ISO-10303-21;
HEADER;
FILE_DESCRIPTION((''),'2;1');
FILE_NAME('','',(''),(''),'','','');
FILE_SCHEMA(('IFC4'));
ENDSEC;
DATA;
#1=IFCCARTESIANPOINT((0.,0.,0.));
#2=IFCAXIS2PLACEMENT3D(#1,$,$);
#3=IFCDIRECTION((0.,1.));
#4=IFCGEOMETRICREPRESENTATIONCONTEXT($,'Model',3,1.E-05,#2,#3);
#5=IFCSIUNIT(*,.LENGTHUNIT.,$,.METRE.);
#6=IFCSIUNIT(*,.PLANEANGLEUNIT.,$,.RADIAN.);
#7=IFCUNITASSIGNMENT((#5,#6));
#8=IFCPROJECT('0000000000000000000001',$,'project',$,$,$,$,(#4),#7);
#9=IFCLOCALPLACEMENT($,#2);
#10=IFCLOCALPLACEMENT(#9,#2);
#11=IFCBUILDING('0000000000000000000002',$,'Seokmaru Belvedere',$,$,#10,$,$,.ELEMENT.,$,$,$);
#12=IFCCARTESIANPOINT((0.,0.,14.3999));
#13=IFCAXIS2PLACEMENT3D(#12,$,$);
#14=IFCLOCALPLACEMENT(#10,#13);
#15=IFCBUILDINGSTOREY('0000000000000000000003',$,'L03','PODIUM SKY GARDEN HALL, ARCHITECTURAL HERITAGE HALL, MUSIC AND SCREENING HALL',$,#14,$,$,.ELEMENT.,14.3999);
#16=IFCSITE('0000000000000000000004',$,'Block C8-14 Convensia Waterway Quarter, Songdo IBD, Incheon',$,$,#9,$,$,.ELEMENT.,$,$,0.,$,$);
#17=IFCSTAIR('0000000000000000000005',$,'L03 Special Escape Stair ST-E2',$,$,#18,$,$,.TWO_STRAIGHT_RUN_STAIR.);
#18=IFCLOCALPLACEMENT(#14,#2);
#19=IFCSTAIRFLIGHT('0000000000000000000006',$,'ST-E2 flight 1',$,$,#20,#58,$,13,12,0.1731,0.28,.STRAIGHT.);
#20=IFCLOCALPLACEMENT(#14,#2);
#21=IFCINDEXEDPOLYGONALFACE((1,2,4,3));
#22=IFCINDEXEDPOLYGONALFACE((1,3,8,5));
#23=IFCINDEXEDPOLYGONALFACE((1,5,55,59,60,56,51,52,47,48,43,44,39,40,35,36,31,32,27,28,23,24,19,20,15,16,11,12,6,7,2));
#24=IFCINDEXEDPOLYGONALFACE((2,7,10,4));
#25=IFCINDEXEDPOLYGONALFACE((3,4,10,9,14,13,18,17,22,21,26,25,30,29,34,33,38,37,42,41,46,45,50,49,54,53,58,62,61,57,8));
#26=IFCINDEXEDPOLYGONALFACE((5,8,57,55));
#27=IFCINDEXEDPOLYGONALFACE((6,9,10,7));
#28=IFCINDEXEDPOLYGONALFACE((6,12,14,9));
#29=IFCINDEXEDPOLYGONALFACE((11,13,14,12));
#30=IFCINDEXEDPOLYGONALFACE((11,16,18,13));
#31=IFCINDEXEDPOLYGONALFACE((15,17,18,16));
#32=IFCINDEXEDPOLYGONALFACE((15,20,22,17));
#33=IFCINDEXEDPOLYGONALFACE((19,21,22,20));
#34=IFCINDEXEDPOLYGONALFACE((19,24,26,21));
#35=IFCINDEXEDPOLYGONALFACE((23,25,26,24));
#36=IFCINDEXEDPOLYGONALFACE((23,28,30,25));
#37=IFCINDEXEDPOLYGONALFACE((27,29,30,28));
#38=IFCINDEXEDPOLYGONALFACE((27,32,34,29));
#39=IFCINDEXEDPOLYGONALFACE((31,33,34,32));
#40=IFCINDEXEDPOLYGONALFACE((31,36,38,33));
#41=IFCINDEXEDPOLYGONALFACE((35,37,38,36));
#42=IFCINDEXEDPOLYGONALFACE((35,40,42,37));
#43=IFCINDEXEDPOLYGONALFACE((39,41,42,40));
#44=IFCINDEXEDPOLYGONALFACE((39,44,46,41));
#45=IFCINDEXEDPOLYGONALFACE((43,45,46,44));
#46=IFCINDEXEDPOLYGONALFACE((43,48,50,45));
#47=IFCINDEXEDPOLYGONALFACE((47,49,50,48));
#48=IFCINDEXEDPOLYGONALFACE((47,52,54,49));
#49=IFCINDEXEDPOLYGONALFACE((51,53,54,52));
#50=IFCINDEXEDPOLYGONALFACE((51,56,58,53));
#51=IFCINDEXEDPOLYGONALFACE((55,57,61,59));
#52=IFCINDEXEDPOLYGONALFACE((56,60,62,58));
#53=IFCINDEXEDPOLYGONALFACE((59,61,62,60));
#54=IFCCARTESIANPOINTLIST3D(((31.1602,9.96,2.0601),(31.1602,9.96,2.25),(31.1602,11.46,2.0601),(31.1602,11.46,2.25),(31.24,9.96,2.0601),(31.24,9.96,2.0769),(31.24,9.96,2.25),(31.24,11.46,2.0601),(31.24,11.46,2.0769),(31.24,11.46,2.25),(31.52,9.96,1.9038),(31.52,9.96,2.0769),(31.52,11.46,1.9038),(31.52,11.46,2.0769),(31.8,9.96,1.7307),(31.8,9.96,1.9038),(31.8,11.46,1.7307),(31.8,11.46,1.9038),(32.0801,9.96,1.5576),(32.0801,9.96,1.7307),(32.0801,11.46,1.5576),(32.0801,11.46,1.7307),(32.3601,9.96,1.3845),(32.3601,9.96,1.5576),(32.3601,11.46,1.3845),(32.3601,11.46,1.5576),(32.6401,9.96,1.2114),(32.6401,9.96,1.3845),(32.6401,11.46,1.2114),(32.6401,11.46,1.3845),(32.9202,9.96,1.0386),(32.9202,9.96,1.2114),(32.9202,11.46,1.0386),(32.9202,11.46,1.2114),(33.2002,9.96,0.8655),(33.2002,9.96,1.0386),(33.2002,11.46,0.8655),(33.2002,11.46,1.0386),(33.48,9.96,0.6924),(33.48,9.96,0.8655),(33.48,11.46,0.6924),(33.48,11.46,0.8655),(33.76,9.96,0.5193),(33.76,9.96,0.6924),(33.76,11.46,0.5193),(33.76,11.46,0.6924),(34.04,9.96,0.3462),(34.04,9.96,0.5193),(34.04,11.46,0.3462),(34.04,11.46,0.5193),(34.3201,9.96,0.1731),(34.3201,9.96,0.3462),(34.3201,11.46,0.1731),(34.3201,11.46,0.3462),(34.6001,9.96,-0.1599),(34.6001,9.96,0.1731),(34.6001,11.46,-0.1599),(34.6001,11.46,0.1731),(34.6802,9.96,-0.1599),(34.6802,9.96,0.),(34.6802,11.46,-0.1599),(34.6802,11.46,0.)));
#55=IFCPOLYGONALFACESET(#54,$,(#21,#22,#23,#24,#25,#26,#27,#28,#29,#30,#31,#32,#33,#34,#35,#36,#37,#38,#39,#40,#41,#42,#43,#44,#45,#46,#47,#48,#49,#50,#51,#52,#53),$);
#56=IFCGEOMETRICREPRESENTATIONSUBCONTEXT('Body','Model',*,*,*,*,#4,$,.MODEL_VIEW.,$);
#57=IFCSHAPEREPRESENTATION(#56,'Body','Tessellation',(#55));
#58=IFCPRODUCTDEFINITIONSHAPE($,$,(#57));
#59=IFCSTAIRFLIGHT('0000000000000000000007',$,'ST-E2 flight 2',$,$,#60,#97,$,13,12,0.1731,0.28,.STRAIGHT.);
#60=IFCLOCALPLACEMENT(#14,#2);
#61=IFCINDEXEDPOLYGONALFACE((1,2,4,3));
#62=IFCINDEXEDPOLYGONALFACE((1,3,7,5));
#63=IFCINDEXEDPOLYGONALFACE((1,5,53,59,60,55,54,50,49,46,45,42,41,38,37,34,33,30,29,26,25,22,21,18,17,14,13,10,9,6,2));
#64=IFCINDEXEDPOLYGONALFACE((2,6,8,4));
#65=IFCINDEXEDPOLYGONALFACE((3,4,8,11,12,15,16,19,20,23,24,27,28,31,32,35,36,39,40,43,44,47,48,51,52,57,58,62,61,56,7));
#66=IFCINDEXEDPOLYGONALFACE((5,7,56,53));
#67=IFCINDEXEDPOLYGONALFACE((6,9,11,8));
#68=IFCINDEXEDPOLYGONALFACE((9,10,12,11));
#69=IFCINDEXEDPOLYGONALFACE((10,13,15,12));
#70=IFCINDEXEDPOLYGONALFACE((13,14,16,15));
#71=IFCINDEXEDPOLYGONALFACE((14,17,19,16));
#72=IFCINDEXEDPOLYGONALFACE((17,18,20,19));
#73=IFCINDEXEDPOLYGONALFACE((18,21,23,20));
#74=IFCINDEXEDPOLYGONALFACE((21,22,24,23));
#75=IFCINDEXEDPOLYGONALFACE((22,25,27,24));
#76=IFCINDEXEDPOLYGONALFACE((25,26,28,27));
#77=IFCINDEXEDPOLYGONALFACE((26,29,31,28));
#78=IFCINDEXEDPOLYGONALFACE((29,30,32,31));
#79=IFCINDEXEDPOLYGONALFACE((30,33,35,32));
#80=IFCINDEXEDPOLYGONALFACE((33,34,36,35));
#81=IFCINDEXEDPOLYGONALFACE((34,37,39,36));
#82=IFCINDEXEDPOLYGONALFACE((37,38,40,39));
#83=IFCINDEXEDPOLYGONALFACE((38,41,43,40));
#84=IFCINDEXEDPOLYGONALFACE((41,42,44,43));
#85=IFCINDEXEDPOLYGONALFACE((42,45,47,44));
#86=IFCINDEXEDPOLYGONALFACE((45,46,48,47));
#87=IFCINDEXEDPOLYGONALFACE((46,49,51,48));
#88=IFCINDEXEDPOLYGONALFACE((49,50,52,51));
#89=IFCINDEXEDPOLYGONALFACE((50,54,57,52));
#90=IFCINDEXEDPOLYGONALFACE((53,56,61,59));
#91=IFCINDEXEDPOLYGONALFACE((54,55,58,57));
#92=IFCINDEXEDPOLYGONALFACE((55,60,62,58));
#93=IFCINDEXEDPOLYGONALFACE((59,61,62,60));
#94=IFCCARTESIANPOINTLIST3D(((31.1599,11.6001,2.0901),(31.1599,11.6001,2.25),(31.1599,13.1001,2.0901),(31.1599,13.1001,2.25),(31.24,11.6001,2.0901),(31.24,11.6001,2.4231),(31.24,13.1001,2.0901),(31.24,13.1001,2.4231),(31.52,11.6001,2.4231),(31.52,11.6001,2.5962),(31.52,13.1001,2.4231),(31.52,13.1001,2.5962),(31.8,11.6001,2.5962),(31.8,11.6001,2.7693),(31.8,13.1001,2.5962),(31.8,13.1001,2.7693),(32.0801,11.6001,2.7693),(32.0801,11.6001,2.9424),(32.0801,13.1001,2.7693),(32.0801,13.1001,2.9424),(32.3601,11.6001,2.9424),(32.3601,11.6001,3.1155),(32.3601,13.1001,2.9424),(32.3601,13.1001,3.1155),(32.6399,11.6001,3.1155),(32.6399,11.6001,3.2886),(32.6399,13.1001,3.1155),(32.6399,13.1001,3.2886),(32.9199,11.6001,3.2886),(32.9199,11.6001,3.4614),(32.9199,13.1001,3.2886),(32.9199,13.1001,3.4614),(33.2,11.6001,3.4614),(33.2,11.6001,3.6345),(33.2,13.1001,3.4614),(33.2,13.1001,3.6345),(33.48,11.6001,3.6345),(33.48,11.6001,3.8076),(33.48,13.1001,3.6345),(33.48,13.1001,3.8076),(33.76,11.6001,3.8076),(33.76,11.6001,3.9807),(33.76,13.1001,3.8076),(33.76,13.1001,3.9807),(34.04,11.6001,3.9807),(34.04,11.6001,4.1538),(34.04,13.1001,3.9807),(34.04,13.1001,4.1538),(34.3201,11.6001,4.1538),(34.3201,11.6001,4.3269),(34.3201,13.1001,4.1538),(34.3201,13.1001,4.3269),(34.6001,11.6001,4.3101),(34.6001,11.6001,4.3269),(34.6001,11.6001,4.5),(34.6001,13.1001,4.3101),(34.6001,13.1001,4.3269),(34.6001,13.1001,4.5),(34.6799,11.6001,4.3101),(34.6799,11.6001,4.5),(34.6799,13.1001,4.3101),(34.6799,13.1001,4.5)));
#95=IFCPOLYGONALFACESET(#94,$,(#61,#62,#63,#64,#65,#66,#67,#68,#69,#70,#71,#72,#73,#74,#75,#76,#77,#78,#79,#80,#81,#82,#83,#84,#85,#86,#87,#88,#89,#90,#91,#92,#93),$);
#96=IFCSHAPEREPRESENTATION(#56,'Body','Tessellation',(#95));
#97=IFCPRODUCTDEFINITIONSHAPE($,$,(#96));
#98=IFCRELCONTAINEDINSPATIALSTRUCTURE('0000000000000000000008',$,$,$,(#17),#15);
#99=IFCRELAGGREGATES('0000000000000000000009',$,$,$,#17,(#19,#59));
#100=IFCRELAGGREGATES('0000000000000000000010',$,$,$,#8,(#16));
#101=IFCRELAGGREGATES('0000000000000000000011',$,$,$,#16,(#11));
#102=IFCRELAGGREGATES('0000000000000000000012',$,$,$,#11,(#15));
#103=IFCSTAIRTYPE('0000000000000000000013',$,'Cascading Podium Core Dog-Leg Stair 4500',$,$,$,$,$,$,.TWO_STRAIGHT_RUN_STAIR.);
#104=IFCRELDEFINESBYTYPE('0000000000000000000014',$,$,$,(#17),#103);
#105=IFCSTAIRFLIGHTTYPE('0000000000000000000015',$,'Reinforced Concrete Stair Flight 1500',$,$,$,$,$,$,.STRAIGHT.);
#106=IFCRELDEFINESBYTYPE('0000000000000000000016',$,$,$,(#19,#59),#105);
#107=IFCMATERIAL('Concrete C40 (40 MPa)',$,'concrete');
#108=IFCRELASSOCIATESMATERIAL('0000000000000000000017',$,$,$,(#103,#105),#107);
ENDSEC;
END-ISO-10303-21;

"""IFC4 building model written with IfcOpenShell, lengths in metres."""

from ifc_helpers import new_model, si_unit, direction, frame, origin, place, context, subcontext, project, spatial, polyline, outline, extrude, material, type_object, element, aggregate, save


model = new_model("IFC4")

# Units and contexts
model_context = context("Model", 3, precision=1e-05, world=origin(), true_north=direction((0.0, 1.0)))
body_context = subcontext(model_context, "Body", "Model", "MODEL_VIEW")
ifc_project = project(units=[si_unit("LENGTHUNIT", "METRE"), si_unit("PLANEANGLEUNIT", "RADIAN")], contexts=[model_context])

# Site, building, storey
site_placement = place(None, origin())
site = spatial("IfcSite", under=ifc_project, at=site_placement, Name="Block C8-14 Convensia Waterway Quarter, Songdo IBD, Incheon", CompositionType="ELEMENT", RefElevation=0.0)
building_placement = place(site_placement, origin())
building = spatial("IfcBuilding", under=site, at=building_placement, Name="Seokmaru Belvedere", CompositionType="ELEMENT")
storey_placement = place(building_placement, frame((0.0, 0.0, 14.3999)))
storey = spatial("IfcBuildingStorey", under=building, at=storey_placement, Name="L03", Description="PODIUM SKY GARDEN HALL, ARCHITECTURAL HERITAGE HALL, MUSIC AND SCREENING HALL", CompositionType="ELEMENT", Elevation=14.3999)

# Shared definitions
ifc_material_1 = material(Name="Concrete C40 (40 MPa)", Category="concrete")

# Stair, stair flights
stair_type = type_object("IfcStairType", Name="Cascading Podium Core Dog-Leg Stair 4500", PredefinedType="TWO_STRAIGHT_RUN_STAIR", material=ifc_material_1)
stair_placement = place(storey_placement, origin())
stair = element("IfcStair", 1, at=stair_placement, inside=storey, type_object=stair_type, Name="L03 Special Escape Stair ST-E2", PredefinedType="TWO_STRAIGHT_RUN_STAIR")
stair_flight_type = type_object("IfcStairFlightType", Name="Reinforced Concrete Stair Flight 1500", PredefinedType="STRAIGHT", material=ifc_material_1)
stair_flight_1_placement = place(storey_placement, frame((34.6001, 10.71, 0.0), z_axis=(0.0, 0.0, 1.0), x_axis=(-1.0, 0.0, 0.0)))
stair_flight_1 = element("IfcStairFlight", 2, at=stair_flight_1_placement, type_object=stair_flight_type, Name="ST-E2 flight 1", NumberOfRisers=13, NumberOfTreads=12, PredefinedType="STRAIGHT", RiserHeight=0.1731, TreadLength=0.28, context=body_context, shape_type="SweptSolid", body=[
    extrude(outline(polyline([(-0.0801, 0.0), (0.0, 0.1731), (0.28, 0.1731), (0.28, 0.3462), (0.5601, 0.3462), (0.5601, 0.5193), (0.8401, 0.5193), (0.8401, 0.6924), (1.1201, 0.6924), (1.1201, 0.8655), (1.3999, 0.8655), (1.3999, 1.0386), (1.6799, 1.0386), (1.6799, 1.2114), (1.96, 1.2114), (1.96, 1.3845), (2.24, 1.3845), (2.24, 1.5576), (2.52, 1.5576), (2.52, 1.7307), (2.8, 1.7307), (2.8, 1.9038), (3.0801, 1.9038), (3.0801, 2.0769), (3.3601, 2.0769), (3.3601, 2.25), (3.4399, 2.25), (3.4399, 2.0601), (3.3601, 2.0601), (0.0, -0.1599), (-0.0801, -0.1599), (-0.0801, 0.0)])), frame((0.0, 0.75, 0.0), z_axis=(0.0, -1.0, 0.0), x_axis=(1.0, 0.0, 0.0)), (0.0, 0.0, 1.0), 1.5),
])
stair_flight_2_placement = place(storey_placement, frame((31.24, 12.3501, 2.25), z_axis=(0.0, 0.0, 1.0), x_axis=(1.0, 0.0, 0.0)))
stair_flight_2 = element("IfcStairFlight", 3, at=stair_flight_2_placement, type_object=stair_flight_type, Name="ST-E2 flight 2", NumberOfRisers=13, NumberOfTreads=12, PredefinedType="STRAIGHT", RiserHeight=0.1731, TreadLength=0.28, context=body_context, shape_type="SweptSolid", body=[
    extrude(outline(polyline([(-0.0801, 0.0), (0.0, 0.1731), (0.28, 0.1731), (0.28, 0.3462), (0.5601, 0.3462), (0.5601, 0.5193), (0.8401, 0.5193), (0.8401, 0.6924), (1.1201, 0.6924), (1.1201, 0.8655), (1.3999, 0.8655), (1.3999, 1.0386), (1.6799, 1.0386), (1.6799, 1.2114), (1.96, 1.2114), (1.96, 1.3845), (2.24, 1.3845), (2.24, 1.5576), (2.52, 1.5576), (2.52, 1.7307), (2.8, 1.7307), (2.8, 1.9038), (3.0801, 1.9038), (3.0801, 2.0769), (3.3601, 2.0769), (3.3601, 2.25), (3.4399, 2.25), (3.4399, 2.0601), (3.3601, 2.0601), (0.0, -0.1599), (-0.0801, -0.1599), (-0.0801, 0.0)])), frame((0.0, 0.75, 0.0), z_axis=(0.0, -1.0, 0.0), x_axis=(1.0, 0.0, 0.0)), (0.0, 0.0, 1.0), 1.5),
])
aggregate(stair, [stair_flight_1, stair_flight_2])

save(model, "model.ifc")
